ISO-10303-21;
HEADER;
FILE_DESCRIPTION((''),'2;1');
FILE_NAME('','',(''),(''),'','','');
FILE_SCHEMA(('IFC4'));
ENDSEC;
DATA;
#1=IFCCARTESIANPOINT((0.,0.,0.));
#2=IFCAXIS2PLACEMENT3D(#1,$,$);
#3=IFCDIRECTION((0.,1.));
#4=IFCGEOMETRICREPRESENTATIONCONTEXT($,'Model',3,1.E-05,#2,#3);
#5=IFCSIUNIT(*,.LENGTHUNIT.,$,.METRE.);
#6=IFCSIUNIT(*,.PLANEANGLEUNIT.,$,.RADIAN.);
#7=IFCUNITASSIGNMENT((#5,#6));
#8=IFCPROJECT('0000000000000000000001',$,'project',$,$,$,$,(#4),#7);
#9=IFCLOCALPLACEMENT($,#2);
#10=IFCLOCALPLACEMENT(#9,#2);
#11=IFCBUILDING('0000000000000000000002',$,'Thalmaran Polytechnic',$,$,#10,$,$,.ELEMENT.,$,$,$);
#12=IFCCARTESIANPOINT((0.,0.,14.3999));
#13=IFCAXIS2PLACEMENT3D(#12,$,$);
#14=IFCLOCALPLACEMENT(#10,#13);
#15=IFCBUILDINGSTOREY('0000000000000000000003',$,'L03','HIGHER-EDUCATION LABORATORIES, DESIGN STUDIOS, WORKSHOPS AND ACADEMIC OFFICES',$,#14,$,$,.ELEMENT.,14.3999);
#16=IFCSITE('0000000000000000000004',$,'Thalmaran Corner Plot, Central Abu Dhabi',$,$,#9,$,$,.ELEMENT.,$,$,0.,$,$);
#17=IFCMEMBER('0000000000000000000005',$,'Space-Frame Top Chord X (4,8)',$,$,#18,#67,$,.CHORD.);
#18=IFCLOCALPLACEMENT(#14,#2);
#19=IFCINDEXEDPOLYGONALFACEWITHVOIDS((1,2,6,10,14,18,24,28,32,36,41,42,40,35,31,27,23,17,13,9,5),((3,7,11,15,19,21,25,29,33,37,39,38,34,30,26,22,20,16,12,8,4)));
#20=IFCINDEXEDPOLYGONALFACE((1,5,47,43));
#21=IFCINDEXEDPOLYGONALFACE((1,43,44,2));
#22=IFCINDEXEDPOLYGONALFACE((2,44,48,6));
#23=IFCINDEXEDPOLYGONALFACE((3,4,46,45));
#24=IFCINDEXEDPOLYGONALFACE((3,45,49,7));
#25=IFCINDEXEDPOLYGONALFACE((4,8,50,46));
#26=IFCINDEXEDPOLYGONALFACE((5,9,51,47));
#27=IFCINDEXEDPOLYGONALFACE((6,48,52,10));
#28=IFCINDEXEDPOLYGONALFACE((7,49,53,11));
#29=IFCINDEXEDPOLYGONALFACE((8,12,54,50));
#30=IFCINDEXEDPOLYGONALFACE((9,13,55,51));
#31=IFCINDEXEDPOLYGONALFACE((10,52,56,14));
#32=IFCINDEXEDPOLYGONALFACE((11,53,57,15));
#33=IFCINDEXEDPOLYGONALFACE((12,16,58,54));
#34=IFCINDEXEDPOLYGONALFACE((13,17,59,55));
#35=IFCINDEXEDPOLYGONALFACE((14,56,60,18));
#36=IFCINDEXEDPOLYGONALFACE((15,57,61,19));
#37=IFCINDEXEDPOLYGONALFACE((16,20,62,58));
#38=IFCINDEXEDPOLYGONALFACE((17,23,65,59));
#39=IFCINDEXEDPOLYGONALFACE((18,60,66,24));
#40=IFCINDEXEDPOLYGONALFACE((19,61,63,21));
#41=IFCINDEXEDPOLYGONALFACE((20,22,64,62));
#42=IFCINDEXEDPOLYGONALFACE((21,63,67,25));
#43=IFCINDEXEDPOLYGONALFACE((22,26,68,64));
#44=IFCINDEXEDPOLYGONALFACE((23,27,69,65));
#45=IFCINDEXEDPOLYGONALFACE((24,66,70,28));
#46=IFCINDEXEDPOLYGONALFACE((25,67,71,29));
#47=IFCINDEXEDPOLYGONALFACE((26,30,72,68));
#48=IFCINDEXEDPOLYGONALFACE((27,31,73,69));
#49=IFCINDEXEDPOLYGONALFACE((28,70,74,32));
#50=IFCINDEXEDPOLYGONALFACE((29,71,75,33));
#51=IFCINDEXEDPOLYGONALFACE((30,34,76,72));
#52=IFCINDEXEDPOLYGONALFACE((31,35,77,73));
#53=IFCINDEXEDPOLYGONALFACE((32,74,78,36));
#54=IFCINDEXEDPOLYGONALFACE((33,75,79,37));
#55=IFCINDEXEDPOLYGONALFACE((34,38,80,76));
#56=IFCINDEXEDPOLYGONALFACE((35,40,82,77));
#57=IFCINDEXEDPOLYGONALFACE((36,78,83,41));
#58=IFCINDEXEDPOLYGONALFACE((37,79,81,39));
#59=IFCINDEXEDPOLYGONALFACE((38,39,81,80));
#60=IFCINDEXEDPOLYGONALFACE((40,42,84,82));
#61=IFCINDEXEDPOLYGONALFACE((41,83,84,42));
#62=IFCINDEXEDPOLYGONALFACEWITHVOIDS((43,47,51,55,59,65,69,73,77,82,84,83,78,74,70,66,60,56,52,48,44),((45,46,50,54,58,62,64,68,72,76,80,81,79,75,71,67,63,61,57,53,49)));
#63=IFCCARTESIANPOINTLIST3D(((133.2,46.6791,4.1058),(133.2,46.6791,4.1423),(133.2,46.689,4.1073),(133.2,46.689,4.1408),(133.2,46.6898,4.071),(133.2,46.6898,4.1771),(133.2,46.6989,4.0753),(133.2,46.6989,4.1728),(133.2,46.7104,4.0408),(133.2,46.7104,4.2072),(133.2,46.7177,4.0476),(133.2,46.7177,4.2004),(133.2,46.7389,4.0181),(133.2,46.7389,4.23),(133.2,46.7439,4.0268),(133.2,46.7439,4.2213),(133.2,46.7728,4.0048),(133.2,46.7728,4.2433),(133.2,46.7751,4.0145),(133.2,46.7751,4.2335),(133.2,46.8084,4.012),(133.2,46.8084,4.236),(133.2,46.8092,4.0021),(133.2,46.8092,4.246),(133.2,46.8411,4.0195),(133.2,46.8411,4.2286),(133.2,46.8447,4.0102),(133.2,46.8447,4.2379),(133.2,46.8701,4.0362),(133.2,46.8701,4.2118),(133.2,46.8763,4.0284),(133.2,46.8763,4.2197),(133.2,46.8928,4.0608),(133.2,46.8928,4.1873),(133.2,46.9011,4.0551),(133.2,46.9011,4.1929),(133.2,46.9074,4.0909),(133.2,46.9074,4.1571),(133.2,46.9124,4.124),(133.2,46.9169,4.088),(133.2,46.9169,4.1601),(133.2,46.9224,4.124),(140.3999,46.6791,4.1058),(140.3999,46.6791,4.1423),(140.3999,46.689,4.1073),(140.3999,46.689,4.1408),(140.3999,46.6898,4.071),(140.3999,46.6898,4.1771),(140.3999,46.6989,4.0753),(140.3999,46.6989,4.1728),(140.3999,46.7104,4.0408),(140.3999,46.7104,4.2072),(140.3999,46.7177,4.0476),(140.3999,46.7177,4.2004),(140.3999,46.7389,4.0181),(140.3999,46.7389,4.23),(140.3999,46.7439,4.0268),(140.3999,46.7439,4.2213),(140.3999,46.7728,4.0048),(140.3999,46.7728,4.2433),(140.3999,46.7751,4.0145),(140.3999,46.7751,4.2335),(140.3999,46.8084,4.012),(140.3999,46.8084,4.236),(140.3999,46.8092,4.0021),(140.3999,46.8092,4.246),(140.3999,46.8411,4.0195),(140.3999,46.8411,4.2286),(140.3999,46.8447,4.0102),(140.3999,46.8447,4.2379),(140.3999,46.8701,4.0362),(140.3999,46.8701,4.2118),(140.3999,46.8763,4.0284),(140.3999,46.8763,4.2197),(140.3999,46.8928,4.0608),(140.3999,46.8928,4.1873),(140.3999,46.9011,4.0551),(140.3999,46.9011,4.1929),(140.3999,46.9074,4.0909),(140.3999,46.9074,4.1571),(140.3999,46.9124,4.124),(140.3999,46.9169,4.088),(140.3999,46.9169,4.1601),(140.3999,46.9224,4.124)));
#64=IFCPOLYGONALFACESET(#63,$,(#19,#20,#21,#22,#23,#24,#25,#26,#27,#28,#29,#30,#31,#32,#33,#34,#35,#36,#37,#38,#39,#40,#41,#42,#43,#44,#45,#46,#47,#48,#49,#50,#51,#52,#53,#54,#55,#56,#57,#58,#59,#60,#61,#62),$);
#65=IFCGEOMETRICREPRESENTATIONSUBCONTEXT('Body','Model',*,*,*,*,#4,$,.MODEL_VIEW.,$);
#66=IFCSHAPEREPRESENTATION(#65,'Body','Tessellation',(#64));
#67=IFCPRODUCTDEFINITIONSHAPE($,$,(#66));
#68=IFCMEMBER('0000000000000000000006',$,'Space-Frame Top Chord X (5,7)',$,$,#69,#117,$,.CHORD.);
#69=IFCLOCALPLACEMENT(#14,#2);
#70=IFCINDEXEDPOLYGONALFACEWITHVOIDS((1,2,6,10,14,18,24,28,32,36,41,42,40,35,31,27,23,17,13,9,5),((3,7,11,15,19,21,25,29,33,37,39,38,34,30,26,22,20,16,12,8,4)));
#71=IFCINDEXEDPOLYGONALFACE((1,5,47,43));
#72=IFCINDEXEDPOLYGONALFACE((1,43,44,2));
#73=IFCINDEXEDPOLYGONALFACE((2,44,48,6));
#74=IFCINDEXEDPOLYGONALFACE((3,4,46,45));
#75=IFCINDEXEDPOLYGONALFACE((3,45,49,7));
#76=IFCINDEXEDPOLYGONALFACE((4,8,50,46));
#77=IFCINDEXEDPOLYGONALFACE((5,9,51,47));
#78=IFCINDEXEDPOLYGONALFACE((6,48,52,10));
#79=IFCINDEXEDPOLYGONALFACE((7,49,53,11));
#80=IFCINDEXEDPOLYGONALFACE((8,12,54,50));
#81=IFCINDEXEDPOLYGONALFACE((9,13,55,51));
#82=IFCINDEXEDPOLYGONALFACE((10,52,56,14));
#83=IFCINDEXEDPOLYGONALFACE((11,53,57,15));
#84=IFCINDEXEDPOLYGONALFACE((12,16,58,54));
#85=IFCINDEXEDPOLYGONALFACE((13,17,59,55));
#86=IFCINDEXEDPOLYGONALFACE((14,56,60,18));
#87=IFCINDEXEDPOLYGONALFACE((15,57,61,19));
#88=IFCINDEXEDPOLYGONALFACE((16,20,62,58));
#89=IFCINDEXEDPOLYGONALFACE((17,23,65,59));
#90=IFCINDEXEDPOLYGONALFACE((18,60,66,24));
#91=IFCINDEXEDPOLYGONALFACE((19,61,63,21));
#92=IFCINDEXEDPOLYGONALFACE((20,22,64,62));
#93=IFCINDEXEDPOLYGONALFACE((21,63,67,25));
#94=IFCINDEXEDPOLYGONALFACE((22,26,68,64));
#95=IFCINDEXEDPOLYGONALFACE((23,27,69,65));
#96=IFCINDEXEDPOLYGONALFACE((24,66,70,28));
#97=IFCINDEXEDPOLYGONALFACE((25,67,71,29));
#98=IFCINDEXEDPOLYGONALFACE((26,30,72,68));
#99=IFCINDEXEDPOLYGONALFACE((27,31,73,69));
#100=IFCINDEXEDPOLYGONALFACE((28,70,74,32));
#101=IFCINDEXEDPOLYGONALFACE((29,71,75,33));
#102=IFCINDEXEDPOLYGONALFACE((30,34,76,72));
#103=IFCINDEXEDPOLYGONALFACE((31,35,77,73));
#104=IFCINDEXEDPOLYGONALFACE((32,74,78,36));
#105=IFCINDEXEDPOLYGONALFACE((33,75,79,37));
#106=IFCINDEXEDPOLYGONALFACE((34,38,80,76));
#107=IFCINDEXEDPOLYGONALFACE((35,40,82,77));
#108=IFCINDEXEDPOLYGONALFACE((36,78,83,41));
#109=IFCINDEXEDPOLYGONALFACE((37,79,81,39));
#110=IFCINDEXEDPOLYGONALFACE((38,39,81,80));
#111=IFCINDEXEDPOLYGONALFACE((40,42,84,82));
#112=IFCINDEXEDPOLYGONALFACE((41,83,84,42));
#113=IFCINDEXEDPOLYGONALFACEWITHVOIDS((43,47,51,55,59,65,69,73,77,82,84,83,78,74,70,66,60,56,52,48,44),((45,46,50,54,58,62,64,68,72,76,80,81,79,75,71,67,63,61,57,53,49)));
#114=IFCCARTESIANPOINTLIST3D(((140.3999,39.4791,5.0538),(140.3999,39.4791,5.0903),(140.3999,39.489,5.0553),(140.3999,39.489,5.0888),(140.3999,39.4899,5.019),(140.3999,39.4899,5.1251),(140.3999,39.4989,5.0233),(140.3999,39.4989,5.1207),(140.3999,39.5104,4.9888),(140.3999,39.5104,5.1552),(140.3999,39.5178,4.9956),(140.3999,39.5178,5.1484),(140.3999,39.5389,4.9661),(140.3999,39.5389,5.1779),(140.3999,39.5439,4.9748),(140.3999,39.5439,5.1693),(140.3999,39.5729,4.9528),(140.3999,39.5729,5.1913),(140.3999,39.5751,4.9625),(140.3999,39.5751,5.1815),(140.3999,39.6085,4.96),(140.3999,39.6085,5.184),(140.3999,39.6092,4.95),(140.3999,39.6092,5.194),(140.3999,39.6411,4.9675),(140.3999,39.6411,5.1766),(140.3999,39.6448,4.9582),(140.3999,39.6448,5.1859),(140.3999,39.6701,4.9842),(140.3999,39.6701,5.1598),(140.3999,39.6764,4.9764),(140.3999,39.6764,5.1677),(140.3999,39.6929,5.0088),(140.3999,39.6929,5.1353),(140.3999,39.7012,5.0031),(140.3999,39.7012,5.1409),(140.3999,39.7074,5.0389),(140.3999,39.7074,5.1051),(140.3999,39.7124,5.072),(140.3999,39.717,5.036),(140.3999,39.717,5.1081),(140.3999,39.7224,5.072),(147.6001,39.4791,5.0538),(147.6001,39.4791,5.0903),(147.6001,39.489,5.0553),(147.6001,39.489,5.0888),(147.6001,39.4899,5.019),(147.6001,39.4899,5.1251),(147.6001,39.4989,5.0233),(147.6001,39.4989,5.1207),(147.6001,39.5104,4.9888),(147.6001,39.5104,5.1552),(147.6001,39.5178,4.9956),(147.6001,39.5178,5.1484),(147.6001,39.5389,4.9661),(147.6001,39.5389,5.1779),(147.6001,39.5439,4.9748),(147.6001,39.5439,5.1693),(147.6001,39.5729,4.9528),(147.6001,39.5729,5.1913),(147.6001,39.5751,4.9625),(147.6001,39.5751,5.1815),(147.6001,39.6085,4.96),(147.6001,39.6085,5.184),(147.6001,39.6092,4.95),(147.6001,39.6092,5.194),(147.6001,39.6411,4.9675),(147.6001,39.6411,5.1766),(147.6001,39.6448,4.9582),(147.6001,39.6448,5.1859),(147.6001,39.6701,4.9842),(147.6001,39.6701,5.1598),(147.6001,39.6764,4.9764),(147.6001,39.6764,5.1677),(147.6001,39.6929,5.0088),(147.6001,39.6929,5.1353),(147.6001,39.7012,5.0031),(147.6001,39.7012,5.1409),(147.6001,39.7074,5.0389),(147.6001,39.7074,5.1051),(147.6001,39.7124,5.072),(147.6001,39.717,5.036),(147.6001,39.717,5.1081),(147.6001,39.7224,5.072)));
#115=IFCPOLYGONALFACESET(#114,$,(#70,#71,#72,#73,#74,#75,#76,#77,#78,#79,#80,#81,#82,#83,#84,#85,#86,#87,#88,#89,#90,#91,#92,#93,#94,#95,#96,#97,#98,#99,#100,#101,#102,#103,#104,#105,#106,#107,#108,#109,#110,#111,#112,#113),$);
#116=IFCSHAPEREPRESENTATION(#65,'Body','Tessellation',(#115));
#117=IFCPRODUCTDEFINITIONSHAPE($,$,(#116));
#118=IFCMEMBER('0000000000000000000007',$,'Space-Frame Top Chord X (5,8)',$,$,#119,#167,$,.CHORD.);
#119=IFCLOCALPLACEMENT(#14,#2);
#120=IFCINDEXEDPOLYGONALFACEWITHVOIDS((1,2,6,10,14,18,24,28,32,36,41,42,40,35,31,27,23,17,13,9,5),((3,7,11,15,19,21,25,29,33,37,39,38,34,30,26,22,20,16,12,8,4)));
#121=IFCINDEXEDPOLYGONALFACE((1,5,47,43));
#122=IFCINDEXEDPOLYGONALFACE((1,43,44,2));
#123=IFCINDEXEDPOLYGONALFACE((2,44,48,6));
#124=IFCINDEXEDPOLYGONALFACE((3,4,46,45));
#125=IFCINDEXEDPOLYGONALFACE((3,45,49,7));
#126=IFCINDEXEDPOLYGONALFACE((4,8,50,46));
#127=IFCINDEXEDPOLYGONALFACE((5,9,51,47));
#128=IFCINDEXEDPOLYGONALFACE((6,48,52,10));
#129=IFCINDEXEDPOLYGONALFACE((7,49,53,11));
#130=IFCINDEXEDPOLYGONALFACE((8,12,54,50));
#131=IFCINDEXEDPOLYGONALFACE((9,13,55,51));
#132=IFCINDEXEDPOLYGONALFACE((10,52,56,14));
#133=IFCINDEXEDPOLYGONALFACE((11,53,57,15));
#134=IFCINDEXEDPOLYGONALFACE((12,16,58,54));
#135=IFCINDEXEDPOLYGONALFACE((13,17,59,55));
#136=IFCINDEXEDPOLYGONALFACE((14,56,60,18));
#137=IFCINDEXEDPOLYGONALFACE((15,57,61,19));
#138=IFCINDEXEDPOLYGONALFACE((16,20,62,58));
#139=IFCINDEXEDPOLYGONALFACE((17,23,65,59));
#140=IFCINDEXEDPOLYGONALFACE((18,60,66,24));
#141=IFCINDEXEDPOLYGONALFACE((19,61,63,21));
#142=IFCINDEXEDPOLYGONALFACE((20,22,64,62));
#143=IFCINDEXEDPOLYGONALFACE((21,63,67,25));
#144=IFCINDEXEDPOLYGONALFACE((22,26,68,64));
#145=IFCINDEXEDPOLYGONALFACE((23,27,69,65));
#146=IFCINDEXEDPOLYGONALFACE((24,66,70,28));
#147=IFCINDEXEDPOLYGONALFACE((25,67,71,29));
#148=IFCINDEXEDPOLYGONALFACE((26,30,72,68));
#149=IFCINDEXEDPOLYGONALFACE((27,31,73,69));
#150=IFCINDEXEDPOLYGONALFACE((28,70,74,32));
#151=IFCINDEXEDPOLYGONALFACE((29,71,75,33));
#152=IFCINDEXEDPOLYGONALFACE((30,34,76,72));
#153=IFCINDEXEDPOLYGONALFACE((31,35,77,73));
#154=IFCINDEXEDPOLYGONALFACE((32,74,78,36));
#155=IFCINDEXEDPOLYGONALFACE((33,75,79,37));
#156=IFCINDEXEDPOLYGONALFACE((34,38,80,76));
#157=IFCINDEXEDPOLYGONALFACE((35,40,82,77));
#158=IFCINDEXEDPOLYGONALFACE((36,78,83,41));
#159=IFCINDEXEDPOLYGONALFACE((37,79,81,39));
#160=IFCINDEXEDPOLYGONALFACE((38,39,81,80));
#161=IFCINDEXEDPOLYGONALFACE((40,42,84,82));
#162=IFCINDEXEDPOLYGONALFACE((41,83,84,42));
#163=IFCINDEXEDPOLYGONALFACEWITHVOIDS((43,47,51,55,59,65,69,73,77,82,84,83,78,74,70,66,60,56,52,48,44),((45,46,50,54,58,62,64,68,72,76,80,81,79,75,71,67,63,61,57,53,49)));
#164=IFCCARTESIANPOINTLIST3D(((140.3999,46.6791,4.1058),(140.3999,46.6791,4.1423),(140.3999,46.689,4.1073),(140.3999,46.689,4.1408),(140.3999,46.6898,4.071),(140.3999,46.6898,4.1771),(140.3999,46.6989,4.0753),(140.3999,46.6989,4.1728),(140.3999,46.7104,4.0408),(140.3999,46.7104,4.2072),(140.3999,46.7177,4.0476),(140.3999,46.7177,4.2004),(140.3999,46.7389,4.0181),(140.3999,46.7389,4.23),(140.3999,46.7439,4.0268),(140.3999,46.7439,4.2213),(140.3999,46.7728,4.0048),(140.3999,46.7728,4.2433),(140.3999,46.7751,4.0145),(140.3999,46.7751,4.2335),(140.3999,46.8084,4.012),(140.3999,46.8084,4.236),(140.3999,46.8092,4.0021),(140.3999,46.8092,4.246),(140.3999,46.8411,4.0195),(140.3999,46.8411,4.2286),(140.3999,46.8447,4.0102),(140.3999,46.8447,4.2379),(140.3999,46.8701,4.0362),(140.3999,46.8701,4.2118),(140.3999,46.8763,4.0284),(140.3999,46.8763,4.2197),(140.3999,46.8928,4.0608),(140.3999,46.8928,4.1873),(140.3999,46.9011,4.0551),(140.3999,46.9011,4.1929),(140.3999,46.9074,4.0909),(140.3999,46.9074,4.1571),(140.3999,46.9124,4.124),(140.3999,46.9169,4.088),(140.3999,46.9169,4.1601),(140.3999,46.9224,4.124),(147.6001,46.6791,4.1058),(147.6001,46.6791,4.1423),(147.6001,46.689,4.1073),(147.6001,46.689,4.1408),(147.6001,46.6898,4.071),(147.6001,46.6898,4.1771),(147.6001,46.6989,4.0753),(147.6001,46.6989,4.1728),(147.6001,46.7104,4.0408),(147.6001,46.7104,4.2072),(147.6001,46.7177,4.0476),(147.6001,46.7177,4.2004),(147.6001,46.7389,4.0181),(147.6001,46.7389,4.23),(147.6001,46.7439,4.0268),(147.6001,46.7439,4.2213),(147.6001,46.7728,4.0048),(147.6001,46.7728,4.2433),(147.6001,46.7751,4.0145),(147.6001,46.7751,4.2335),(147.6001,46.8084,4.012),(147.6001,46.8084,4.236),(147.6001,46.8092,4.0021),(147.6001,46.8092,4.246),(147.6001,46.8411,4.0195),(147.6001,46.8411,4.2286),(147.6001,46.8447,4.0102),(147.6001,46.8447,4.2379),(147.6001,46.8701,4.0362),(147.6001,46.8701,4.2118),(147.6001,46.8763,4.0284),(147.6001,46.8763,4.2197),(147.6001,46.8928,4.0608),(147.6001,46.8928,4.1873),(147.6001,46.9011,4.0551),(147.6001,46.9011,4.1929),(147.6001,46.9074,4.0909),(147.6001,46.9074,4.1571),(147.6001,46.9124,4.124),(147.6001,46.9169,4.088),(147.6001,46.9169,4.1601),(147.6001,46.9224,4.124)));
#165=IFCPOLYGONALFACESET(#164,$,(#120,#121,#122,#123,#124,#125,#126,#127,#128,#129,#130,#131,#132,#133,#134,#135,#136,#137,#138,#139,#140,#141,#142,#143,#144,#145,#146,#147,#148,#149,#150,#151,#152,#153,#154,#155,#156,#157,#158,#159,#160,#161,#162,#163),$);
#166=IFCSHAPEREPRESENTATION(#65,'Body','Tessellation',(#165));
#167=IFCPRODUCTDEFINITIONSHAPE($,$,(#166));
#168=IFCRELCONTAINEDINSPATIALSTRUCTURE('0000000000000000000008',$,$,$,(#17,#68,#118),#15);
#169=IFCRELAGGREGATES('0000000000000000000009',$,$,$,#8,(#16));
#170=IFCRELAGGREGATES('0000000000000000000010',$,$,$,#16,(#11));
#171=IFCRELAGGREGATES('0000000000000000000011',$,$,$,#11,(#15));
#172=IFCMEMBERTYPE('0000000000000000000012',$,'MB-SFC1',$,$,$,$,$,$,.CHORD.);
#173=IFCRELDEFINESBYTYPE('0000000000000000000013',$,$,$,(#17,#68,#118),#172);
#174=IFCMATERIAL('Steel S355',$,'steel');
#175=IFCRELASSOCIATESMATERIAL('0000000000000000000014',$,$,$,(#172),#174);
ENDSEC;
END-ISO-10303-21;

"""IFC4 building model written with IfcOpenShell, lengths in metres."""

from ifc_helpers import new_model, si_unit, direction, frame, origin, origin_2d, place, context, subcontext, project, spatial, hollow_circle, extrude, material, material_profile, profile_set, type_object, element, save


model = new_model("IFC4")

# Units and contexts
model_context = context("Model", 3, precision=1e-05, world=origin(), true_north=direction((0.0, 1.0)))
body_context = subcontext(model_context, "Body", "Model", "MODEL_VIEW")
ifc_project = project(units=[si_unit("LENGTHUNIT", "METRE"), si_unit("PLANEANGLEUNIT", "RADIAN")], contexts=[model_context])

# Site, building, storey
site_placement = place(None, origin())
site = spatial("IfcSite", under=ifc_project, at=site_placement, Name="Thalmaran Corner Plot, Central Abu Dhabi", CompositionType="ELEMENT", RefElevation=0.0)
building_placement = place(site_placement, origin())
building = spatial("IfcBuilding", under=site, at=building_placement, Name="Thalmaran Polytechnic", CompositionType="ELEMENT")
storey_placement = place(building_placement, frame((0.0, 0.0, 14.3999)))
storey = spatial("IfcBuildingStorey", under=building, at=storey_placement, Name="L03", Description="HIGHER-EDUCATION LABORATORIES, DESIGN STUDIOS, WORKSHOPS AND ACADEMIC OFFICES", CompositionType="ELEMENT", Elevation=14.3999)

# Members
ifc_material = material(Name="Steel S355", Category="steel")
ifc_material_profile_1 = material_profile(ifc_material, hollow_circle(Radius=0.1223, WallThickness=0.01, at=origin_2d()), Name="CHS 244.5x10.0")
ifc_profile_set_1 = profile_set([ifc_material_profile_1], Name="Steel S355")
member_type_1 = type_object("IfcMemberType", Name="MB-SFC1", PredefinedType="CHORD", material=ifc_profile_set_1)
for number, where, z_axis, x_axis, name in (
    (1, (133.2, 46.8, 4.124), (1.0, 0.0, 0.0), (0.0, 1.0, 0.0), "Space-Frame Top Chord X (4,8)"),
):
    element("IfcMember", number, at=place(storey_placement, frame(where, z_axis=z_axis, x_axis=x_axis)), inside=storey, type_object=member_type_1, Name=name, PredefinedType="CHORD", context=body_context, shape_type="SweptSolid", body=[
        extrude(hollow_circle(Radius=0.1223, WallThickness=0.01, at=origin_2d()), origin(), (0.0, 0.0, 1.0), 7.2),
    ])
for number, where, z_axis, x_axis, name in (
    (2, (140.3999, 39.6001, 5.072), (1.0, 0.0, 0.0), (0.0, 1.0, 0.0), "Space-Frame Top Chord X (5,7)"),
    (3, (140.3999, 46.8, 4.124), (1.0, 0.0, 0.0), (0.0, 1.0, 0.0), "Space-Frame Top Chord X (5,8)"),
):
    element("IfcMember", number, at=place(storey_placement, frame(where, z_axis=z_axis, x_axis=x_axis)), inside=storey, type_object=member_type_1, Name=name, PredefinedType="CHORD", context=body_context, shape_type="SweptSolid", body=[
        extrude(hollow_circle(Radius=0.1223, WallThickness=0.01, at=origin_2d()), origin(), (0.0, 0.0, 1.0), 7.2002),
    ])

save(model, "model.ifc")
